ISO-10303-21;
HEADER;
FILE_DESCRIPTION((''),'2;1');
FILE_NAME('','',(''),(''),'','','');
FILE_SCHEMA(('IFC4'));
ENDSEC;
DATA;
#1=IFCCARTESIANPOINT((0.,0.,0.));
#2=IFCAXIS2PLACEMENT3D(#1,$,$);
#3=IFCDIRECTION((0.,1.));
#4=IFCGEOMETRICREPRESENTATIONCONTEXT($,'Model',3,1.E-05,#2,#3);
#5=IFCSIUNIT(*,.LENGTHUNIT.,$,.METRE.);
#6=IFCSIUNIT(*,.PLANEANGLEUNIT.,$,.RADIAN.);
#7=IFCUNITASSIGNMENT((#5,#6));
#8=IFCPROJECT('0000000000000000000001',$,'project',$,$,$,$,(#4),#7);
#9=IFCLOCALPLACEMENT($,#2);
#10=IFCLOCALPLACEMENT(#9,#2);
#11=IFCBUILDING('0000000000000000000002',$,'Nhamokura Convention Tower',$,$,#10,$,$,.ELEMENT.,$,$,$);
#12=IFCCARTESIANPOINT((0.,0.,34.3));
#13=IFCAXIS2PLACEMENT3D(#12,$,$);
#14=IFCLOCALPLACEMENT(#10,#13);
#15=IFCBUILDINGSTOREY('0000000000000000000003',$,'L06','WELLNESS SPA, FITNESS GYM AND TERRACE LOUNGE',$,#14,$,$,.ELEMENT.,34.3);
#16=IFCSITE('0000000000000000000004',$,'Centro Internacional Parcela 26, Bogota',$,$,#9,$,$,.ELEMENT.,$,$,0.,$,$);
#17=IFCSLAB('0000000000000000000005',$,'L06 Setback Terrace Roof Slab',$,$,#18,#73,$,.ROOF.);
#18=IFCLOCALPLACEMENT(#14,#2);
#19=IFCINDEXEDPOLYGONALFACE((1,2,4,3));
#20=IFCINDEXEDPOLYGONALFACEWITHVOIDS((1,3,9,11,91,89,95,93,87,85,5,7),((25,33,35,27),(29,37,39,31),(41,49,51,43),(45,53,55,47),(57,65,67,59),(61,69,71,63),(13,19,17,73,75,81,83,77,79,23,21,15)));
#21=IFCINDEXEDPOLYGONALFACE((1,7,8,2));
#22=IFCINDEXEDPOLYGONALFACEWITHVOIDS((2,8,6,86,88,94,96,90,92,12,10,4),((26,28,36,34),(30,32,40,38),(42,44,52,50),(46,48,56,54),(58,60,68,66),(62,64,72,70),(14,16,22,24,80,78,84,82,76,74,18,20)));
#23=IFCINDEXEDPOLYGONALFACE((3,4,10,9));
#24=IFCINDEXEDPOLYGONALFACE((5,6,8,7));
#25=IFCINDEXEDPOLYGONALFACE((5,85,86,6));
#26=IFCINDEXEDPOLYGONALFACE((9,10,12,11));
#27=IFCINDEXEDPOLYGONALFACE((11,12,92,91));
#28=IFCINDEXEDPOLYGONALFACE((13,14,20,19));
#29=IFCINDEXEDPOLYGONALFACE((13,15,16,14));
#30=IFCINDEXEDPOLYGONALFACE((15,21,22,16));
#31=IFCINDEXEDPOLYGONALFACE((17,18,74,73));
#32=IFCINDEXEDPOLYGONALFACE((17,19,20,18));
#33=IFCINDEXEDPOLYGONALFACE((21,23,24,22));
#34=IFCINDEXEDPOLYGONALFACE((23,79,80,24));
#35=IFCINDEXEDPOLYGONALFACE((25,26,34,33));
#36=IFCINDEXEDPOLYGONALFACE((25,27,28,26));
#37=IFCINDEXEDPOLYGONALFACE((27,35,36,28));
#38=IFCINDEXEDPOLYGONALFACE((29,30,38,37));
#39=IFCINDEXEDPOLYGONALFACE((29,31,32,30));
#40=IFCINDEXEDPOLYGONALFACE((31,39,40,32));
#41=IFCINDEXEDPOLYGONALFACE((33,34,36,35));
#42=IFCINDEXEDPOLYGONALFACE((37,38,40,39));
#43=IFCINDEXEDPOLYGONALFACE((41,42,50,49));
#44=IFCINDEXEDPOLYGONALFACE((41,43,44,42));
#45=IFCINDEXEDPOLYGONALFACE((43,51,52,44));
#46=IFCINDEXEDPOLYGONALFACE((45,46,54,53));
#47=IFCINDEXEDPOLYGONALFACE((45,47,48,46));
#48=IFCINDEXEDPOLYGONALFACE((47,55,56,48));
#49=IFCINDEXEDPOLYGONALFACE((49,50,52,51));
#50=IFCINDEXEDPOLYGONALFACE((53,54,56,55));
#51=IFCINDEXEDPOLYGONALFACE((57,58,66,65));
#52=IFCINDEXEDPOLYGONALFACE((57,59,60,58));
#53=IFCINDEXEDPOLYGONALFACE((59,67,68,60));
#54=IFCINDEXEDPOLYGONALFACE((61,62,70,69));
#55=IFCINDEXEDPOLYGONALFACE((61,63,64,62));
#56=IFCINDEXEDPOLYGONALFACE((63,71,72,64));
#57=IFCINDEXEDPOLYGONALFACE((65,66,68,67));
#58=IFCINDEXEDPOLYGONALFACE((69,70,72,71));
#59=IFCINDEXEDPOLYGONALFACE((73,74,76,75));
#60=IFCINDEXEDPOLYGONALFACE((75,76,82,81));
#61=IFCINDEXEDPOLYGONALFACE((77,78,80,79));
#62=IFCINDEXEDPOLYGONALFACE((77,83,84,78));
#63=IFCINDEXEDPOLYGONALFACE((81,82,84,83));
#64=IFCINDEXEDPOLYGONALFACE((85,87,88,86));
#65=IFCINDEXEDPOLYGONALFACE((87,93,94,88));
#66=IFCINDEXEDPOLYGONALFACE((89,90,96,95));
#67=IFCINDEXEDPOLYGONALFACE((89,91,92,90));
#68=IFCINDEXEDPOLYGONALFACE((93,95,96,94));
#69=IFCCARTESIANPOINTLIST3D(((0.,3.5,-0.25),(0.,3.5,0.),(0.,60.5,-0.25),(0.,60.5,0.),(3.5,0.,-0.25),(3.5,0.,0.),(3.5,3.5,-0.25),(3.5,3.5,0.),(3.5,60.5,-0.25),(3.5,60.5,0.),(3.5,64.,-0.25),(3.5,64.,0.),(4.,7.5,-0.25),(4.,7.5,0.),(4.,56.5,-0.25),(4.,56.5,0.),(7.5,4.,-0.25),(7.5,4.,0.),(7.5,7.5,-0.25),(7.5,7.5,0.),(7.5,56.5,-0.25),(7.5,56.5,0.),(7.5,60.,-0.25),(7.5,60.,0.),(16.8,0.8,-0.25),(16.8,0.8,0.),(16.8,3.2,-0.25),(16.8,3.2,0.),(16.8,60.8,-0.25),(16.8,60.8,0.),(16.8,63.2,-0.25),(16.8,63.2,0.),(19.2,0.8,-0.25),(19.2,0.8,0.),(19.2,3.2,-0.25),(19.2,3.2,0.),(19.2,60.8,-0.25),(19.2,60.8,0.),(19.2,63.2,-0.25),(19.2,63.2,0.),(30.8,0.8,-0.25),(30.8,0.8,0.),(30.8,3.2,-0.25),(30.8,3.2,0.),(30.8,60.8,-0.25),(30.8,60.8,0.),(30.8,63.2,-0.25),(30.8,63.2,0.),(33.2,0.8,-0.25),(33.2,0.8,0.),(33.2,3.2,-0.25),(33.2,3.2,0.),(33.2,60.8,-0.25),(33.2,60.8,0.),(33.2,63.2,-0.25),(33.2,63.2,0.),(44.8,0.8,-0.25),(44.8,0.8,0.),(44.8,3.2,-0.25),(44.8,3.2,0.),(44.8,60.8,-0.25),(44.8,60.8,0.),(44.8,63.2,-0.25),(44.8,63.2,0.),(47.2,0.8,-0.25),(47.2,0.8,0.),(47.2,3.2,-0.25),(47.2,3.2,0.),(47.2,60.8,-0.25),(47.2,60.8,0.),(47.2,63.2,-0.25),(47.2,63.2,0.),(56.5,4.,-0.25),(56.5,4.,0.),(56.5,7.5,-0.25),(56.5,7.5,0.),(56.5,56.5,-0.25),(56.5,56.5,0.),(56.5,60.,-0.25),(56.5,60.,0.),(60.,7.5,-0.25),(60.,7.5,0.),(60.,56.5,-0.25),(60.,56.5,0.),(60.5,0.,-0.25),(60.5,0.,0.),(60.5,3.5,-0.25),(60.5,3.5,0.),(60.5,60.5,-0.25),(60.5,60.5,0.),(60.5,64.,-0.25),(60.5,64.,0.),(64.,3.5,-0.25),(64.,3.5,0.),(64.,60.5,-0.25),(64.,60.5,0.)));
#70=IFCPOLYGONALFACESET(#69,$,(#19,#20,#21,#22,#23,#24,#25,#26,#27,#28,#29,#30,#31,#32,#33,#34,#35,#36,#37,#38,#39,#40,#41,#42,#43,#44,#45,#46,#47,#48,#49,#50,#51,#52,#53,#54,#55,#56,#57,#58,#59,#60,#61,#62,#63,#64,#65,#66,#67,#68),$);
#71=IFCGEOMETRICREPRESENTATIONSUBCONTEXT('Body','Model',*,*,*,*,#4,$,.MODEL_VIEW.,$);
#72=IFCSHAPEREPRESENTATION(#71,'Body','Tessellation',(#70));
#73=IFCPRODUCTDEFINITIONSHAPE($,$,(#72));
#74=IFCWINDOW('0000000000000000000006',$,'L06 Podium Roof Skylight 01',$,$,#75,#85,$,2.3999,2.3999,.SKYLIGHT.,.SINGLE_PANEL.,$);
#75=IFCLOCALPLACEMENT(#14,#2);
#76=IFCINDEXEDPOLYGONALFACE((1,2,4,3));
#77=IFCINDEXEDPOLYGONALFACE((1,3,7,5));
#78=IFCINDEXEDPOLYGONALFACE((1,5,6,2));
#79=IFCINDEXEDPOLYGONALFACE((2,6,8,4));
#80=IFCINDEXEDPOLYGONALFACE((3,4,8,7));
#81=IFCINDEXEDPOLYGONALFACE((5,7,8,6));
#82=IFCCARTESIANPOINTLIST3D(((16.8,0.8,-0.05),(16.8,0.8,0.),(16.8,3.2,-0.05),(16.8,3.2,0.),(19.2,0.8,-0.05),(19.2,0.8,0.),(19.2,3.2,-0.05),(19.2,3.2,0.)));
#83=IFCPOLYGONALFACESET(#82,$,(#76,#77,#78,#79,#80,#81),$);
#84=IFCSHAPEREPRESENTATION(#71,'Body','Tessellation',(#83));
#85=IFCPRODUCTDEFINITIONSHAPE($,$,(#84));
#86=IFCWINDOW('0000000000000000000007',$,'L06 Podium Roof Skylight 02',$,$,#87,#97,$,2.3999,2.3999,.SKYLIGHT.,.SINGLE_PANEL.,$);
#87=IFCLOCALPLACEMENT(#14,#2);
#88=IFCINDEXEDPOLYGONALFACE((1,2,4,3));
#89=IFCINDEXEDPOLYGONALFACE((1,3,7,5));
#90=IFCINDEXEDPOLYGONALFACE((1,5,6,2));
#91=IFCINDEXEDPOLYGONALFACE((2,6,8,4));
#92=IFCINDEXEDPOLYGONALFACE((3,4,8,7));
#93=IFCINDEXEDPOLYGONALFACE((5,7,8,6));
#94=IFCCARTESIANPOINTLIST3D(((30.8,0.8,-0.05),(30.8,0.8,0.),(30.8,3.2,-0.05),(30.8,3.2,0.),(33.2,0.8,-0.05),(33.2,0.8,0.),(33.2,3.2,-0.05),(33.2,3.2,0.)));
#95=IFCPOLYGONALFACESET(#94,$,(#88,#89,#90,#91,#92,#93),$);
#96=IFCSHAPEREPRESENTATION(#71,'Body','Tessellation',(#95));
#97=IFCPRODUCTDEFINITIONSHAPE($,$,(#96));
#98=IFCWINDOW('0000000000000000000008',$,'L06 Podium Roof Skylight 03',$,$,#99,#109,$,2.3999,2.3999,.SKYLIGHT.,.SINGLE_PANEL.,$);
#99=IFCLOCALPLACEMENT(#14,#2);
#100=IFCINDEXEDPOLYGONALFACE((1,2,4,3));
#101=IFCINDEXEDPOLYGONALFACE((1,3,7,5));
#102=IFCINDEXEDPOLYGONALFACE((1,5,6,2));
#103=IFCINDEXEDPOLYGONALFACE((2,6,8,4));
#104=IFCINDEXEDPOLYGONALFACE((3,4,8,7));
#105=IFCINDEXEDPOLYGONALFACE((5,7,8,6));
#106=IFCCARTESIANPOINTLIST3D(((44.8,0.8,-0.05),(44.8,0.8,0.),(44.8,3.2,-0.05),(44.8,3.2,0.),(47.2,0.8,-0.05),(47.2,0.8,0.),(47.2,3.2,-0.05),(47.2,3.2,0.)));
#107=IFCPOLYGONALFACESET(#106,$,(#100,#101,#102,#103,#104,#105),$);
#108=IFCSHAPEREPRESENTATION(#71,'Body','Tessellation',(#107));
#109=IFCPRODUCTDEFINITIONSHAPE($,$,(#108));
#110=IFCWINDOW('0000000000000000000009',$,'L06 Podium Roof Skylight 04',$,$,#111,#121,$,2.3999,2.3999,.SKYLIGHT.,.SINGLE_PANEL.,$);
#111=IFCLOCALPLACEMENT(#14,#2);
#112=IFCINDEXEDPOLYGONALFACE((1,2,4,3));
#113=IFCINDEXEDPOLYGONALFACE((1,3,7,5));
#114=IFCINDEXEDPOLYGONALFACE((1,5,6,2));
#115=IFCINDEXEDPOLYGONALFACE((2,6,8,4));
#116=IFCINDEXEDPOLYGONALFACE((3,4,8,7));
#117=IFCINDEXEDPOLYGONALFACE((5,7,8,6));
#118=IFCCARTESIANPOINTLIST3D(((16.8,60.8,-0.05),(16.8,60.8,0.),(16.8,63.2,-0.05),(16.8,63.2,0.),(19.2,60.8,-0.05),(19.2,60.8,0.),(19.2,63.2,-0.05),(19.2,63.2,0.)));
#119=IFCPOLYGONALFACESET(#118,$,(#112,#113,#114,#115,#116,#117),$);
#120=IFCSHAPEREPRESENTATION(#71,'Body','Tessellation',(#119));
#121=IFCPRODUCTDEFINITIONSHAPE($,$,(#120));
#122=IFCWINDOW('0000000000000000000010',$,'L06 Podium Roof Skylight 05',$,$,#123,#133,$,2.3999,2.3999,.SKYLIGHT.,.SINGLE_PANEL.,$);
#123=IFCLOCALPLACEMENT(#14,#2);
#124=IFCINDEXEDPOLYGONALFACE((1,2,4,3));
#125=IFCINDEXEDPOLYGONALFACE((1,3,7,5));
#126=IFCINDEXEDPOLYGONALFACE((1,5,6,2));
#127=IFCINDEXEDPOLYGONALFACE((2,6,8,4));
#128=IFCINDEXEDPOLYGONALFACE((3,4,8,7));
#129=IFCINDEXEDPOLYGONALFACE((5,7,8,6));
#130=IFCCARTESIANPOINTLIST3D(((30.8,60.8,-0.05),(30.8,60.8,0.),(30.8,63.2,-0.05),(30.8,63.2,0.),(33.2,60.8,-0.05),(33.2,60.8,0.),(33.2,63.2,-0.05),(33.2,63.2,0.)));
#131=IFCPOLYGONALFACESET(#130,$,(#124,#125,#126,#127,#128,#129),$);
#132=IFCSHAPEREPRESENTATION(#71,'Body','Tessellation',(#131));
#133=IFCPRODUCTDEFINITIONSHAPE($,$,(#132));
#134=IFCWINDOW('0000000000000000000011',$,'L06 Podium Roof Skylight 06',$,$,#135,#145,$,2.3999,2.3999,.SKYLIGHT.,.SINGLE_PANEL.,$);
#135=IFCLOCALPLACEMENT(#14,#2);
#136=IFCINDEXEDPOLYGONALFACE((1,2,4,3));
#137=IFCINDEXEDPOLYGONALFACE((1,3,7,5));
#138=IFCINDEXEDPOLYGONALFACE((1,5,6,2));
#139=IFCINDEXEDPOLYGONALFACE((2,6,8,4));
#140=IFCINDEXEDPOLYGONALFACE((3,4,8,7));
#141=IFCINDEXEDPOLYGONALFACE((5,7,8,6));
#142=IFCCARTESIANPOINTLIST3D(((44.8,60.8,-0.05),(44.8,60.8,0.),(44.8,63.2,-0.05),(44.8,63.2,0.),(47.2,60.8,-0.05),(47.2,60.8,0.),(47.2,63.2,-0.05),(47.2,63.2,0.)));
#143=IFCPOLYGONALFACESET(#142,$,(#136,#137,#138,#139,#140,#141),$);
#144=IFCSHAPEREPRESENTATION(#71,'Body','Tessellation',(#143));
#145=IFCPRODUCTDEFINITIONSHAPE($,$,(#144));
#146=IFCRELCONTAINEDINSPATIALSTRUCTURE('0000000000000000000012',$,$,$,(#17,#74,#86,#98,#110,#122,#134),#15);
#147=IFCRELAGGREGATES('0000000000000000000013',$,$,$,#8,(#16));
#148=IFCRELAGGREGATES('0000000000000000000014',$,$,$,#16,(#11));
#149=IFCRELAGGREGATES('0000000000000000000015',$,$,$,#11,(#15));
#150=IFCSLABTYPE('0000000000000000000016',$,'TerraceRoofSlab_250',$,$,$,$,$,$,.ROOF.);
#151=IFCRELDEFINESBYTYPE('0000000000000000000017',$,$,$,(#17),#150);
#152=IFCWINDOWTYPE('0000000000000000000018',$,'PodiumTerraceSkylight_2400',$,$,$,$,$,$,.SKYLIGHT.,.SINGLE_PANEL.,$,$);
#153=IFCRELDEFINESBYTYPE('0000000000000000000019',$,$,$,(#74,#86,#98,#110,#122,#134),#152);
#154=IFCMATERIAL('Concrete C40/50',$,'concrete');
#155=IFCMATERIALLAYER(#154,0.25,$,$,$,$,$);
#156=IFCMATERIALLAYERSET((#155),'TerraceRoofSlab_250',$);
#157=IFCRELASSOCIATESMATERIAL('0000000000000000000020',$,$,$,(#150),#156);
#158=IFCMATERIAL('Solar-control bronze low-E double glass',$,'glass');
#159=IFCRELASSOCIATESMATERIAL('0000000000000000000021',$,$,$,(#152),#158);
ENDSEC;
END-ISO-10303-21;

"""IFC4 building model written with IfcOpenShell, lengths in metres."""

from ifc_helpers import new_model, si_unit, direction, frame, origin, origin_2d, place, context, subcontext, project, spatial, polyline, rectangle, outline, extrude, material, layer, layer_set, type_object, element, fill, save


model = new_model("IFC4")

# Units and contexts
model_context = context("Model", 3, precision=1e-05, world=origin(), true_north=direction((0.0, 1.0)))
body_context = subcontext(model_context, "Body", "Model", "MODEL_VIEW")
ifc_project = project(units=[si_unit("LENGTHUNIT", "METRE"), si_unit("PLANEANGLEUNIT", "RADIAN")], contexts=[model_context])

# Site, building, storey
site_placement = place(None, origin())
site = spatial("IfcSite", under=ifc_project, at=site_placement, Name="Centro Internacional Parcela 26, Bogota", CompositionType="ELEMENT", RefElevation=0.0)
building_placement = place(site_placement, origin())
building = spatial("IfcBuilding", under=site, at=building_placement, Name="Nhamokura Convention Tower", CompositionType="ELEMENT")
storey_placement = place(building_placement, frame((0.0, 0.0, 34.3)))
storey = spatial("IfcBuildingStorey", under=building, at=storey_placement, Name="L06", Description="WELLNESS SPA, FITNESS GYM AND TERRACE LOUNGE", CompositionType="ELEMENT", Elevation=34.3)

# Slab, openings, windows
ifc_material_1 = material(Name="Concrete C40/50", Category="concrete")
ifc_layer_1 = layer(ifc_material_1, 0.25)
ifc_layer_set_1 = layer_set([ifc_layer_1], Name="TerraceRoofSlab_250")
slab_type_1 = type_object("IfcSlabType", Name="TerraceRoofSlab_250", PredefinedType="ROOF", material=ifc_layer_set_1)
slab_1_placement = place(storey_placement, frame((0.0, 0.0, -0.25)))
slab_1 = element("IfcSlab", 1, at=slab_1_placement, inside=storey, type_object=slab_type_1, Name="L06 Setback Terrace Roof Slab", PredefinedType="ROOF", context=body_context, shape_type="SweptSolid", body=[
    extrude(outline(polyline([(3.5, 0.0), (60.5, 0.0), (60.5, 3.5), (64.0, 3.5), (64.0, 60.5), (60.5, 60.5), (60.5, 64.0), (3.5, 64.0), (3.5, 60.5), (0.0, 60.5), (0.0, 3.5), (3.5, 3.5), (3.5, 0.0)]), holes=[polyline([(7.5, 4.0), (56.5, 4.0), (56.5, 7.5), (60.0, 7.5), (60.0, 56.5), (56.5, 56.5), (56.5, 60.0), (7.5, 60.0), (7.5, 56.5), (4.0, 56.5), (4.0, 7.5), (7.5, 7.5), (7.5, 4.0)])]), origin(), (0.0, 0.0, 1.0), 0.25),
])
opening_1_placement = place(slab_1_placement, frame((18.0, 2.0, 0.0)))
opening_1 = element("IfcOpeningElement", 2, at=opening_1_placement, cuts=slab_1, PredefinedType="OPENING", context=body_context, shape_type="SweptSolid", body=[
    extrude(rectangle(XDim=2.3999, YDim=2.3999, at=origin_2d()), origin(), (0.0, 0.0, 1.0), 0.25),
])
opening_2_placement = place(slab_1_placement, frame((32.0, 2.0, 0.0)))
opening_2 = element("IfcOpeningElement", 3, at=opening_2_placement, cuts=slab_1, PredefinedType="OPENING", context=body_context, shape_type="SweptSolid", body=[
    extrude(rectangle(XDim=2.3999, YDim=2.3999, at=origin_2d()), origin(), (0.0, 0.0, 1.0), 0.25),
])
opening_3_placement = place(slab_1_placement, frame((46.0, 2.0, 0.0)))
opening_3 = element("IfcOpeningElement", 4, at=opening_3_placement, cuts=slab_1, PredefinedType="OPENING", context=body_context, shape_type="SweptSolid", body=[
    extrude(rectangle(XDim=2.3999, YDim=2.3999, at=origin_2d()), origin(), (0.0, 0.0, 1.0), 0.25),
])
opening_4_placement = place(slab_1_placement, frame((18.0, 62.0, 0.0)))
opening_4 = element("IfcOpeningElement", 5, at=opening_4_placement, cuts=slab_1, PredefinedType="OPENING", context=body_context, shape_type="SweptSolid", body=[
    extrude(rectangle(XDim=2.3999, YDim=2.3999, at=origin_2d()), origin(), (0.0, 0.0, 1.0), 0.25),
])
opening_5_placement = place(slab_1_placement, frame((32.0, 62.0, 0.0)))
opening_5 = element("IfcOpeningElement", 6, at=opening_5_placement, cuts=slab_1, PredefinedType="OPENING", context=body_context, shape_type="SweptSolid", body=[
    extrude(rectangle(XDim=2.3999, YDim=2.3999, at=origin_2d()), origin(), (0.0, 0.0, 1.0), 0.25),
])
opening_6_placement = place(slab_1_placement, frame((46.0, 62.0, 0.0)))
opening_6 = element("IfcOpeningElement", 7, at=opening_6_placement, cuts=slab_1, PredefinedType="OPENING", context=body_context, shape_type="SweptSolid", body=[
    extrude(rectangle(XDim=2.3999, YDim=2.3999, at=origin_2d()), origin(), (0.0, 0.0, 1.0), 0.25),
])
ifc_material_2 = material(Name="Solar-control bronze low-E double glass", Category="glass")
window_type = type_object("IfcWindowType", Name="PodiumTerraceSkylight_2400", PartitioningType="SINGLE_PANEL", PredefinedType="SKYLIGHT", material=ifc_material_2)
window_1_placement = place(opening_1_placement, frame((0.0, 0.0, 0.2)))
window_1 = element("IfcWindow", 8, at=window_1_placement, inside=storey, type_object=window_type, Name="L06 Podium Roof Skylight 01", OverallHeight=2.3999, OverallWidth=2.3999, PartitioningType="SINGLE_PANEL", PredefinedType="SKYLIGHT", context=body_context, shape_type="SweptSolid", body=[
    extrude(rectangle(XDim=2.3999, YDim=2.3999, at=origin_2d()), origin(), (0.0, 0.0, 1.0), 0.05),
])
fill(opening_1, window_1)
window_2_placement = place(opening_2_placement, frame((0.0, 0.0, 0.2)))
window_2 = element("IfcWindow", 9, at=window_2_placement, inside=storey, type_object=window_type, Name="L06 Podium Roof Skylight 02", OverallHeight=2.3999, OverallWidth=2.3999, PartitioningType="SINGLE_PANEL", PredefinedType="SKYLIGHT", context=body_context, shape_type="SweptSolid", body=[
    extrude(rectangle(XDim=2.3999, YDim=2.3999, at=origin_2d()), origin(), (0.0, 0.0, 1.0), 0.05),
])
fill(opening_2, window_2)
window_3_placement = place(opening_3_placement, frame((0.0, 0.0, 0.2)))
window_3 = element("IfcWindow", 10, at=window_3_placement, inside=storey, type_object=window_type, Name="L06 Podium Roof Skylight 03", OverallHeight=2.3999, OverallWidth=2.3999, PartitioningType="SINGLE_PANEL", PredefinedType="SKYLIGHT", context=body_context, shape_type="SweptSolid", body=[
    extrude(rectangle(XDim=2.3999, YDim=2.3999, at=origin_2d()), origin(), (0.0, 0.0, 1.0), 0.05),
])
fill(opening_3, window_3)
window_4_placement = place(opening_4_placement, frame((0.0, 0.0, 0.2)))
window_4 = element("IfcWindow", 11, at=window_4_placement, inside=storey, type_object=window_type, Name="L06 Podium Roof Skylight 04", OverallHeight=2.3999, OverallWidth=2.3999, PartitioningType="SINGLE_PANEL", PredefinedType="SKYLIGHT", context=body_context, shape_type="SweptSolid", body=[
    extrude(rectangle(XDim=2.3999, YDim=2.3999, at=origin_2d()), origin(), (0.0, 0.0, 1.0), 0.05),
])
fill(opening_4, window_4)
window_5_placement = place(opening_5_placement, frame((0.0, 0.0, 0.2)))
window_5 = element("IfcWindow", 12, at=window_5_placement, inside=storey, type_object=window_type, Name="L06 Podium Roof Skylight 05", OverallHeight=2.3999, OverallWidth=2.3999, PartitioningType="SINGLE_PANEL", PredefinedType="SKYLIGHT", context=body_context, shape_type="SweptSolid", body=[
    extrude(rectangle(XDim=2.3999, YDim=2.3999, at=origin_2d()), origin(), (0.0, 0.0, 1.0), 0.05),
])
fill(opening_5, window_5)
window_6_placement = place(opening_6_placement, frame((0.0, 0.0, 0.2)))
window_6 = element("IfcWindow", 13, at=window_6_placement, inside=storey, type_object=window_type, Name="L06 Podium Roof Skylight 06", OverallHeight=2.3999, OverallWidth=2.3999, PartitioningType="SINGLE_PANEL", PredefinedType="SKYLIGHT", context=body_context, shape_type="SweptSolid", body=[
    extrude(rectangle(XDim=2.3999, YDim=2.3999, at=origin_2d()), origin(), (0.0, 0.0, 1.0), 0.05),
])
fill(opening_6, window_6)

save(model, "model.ifc")
